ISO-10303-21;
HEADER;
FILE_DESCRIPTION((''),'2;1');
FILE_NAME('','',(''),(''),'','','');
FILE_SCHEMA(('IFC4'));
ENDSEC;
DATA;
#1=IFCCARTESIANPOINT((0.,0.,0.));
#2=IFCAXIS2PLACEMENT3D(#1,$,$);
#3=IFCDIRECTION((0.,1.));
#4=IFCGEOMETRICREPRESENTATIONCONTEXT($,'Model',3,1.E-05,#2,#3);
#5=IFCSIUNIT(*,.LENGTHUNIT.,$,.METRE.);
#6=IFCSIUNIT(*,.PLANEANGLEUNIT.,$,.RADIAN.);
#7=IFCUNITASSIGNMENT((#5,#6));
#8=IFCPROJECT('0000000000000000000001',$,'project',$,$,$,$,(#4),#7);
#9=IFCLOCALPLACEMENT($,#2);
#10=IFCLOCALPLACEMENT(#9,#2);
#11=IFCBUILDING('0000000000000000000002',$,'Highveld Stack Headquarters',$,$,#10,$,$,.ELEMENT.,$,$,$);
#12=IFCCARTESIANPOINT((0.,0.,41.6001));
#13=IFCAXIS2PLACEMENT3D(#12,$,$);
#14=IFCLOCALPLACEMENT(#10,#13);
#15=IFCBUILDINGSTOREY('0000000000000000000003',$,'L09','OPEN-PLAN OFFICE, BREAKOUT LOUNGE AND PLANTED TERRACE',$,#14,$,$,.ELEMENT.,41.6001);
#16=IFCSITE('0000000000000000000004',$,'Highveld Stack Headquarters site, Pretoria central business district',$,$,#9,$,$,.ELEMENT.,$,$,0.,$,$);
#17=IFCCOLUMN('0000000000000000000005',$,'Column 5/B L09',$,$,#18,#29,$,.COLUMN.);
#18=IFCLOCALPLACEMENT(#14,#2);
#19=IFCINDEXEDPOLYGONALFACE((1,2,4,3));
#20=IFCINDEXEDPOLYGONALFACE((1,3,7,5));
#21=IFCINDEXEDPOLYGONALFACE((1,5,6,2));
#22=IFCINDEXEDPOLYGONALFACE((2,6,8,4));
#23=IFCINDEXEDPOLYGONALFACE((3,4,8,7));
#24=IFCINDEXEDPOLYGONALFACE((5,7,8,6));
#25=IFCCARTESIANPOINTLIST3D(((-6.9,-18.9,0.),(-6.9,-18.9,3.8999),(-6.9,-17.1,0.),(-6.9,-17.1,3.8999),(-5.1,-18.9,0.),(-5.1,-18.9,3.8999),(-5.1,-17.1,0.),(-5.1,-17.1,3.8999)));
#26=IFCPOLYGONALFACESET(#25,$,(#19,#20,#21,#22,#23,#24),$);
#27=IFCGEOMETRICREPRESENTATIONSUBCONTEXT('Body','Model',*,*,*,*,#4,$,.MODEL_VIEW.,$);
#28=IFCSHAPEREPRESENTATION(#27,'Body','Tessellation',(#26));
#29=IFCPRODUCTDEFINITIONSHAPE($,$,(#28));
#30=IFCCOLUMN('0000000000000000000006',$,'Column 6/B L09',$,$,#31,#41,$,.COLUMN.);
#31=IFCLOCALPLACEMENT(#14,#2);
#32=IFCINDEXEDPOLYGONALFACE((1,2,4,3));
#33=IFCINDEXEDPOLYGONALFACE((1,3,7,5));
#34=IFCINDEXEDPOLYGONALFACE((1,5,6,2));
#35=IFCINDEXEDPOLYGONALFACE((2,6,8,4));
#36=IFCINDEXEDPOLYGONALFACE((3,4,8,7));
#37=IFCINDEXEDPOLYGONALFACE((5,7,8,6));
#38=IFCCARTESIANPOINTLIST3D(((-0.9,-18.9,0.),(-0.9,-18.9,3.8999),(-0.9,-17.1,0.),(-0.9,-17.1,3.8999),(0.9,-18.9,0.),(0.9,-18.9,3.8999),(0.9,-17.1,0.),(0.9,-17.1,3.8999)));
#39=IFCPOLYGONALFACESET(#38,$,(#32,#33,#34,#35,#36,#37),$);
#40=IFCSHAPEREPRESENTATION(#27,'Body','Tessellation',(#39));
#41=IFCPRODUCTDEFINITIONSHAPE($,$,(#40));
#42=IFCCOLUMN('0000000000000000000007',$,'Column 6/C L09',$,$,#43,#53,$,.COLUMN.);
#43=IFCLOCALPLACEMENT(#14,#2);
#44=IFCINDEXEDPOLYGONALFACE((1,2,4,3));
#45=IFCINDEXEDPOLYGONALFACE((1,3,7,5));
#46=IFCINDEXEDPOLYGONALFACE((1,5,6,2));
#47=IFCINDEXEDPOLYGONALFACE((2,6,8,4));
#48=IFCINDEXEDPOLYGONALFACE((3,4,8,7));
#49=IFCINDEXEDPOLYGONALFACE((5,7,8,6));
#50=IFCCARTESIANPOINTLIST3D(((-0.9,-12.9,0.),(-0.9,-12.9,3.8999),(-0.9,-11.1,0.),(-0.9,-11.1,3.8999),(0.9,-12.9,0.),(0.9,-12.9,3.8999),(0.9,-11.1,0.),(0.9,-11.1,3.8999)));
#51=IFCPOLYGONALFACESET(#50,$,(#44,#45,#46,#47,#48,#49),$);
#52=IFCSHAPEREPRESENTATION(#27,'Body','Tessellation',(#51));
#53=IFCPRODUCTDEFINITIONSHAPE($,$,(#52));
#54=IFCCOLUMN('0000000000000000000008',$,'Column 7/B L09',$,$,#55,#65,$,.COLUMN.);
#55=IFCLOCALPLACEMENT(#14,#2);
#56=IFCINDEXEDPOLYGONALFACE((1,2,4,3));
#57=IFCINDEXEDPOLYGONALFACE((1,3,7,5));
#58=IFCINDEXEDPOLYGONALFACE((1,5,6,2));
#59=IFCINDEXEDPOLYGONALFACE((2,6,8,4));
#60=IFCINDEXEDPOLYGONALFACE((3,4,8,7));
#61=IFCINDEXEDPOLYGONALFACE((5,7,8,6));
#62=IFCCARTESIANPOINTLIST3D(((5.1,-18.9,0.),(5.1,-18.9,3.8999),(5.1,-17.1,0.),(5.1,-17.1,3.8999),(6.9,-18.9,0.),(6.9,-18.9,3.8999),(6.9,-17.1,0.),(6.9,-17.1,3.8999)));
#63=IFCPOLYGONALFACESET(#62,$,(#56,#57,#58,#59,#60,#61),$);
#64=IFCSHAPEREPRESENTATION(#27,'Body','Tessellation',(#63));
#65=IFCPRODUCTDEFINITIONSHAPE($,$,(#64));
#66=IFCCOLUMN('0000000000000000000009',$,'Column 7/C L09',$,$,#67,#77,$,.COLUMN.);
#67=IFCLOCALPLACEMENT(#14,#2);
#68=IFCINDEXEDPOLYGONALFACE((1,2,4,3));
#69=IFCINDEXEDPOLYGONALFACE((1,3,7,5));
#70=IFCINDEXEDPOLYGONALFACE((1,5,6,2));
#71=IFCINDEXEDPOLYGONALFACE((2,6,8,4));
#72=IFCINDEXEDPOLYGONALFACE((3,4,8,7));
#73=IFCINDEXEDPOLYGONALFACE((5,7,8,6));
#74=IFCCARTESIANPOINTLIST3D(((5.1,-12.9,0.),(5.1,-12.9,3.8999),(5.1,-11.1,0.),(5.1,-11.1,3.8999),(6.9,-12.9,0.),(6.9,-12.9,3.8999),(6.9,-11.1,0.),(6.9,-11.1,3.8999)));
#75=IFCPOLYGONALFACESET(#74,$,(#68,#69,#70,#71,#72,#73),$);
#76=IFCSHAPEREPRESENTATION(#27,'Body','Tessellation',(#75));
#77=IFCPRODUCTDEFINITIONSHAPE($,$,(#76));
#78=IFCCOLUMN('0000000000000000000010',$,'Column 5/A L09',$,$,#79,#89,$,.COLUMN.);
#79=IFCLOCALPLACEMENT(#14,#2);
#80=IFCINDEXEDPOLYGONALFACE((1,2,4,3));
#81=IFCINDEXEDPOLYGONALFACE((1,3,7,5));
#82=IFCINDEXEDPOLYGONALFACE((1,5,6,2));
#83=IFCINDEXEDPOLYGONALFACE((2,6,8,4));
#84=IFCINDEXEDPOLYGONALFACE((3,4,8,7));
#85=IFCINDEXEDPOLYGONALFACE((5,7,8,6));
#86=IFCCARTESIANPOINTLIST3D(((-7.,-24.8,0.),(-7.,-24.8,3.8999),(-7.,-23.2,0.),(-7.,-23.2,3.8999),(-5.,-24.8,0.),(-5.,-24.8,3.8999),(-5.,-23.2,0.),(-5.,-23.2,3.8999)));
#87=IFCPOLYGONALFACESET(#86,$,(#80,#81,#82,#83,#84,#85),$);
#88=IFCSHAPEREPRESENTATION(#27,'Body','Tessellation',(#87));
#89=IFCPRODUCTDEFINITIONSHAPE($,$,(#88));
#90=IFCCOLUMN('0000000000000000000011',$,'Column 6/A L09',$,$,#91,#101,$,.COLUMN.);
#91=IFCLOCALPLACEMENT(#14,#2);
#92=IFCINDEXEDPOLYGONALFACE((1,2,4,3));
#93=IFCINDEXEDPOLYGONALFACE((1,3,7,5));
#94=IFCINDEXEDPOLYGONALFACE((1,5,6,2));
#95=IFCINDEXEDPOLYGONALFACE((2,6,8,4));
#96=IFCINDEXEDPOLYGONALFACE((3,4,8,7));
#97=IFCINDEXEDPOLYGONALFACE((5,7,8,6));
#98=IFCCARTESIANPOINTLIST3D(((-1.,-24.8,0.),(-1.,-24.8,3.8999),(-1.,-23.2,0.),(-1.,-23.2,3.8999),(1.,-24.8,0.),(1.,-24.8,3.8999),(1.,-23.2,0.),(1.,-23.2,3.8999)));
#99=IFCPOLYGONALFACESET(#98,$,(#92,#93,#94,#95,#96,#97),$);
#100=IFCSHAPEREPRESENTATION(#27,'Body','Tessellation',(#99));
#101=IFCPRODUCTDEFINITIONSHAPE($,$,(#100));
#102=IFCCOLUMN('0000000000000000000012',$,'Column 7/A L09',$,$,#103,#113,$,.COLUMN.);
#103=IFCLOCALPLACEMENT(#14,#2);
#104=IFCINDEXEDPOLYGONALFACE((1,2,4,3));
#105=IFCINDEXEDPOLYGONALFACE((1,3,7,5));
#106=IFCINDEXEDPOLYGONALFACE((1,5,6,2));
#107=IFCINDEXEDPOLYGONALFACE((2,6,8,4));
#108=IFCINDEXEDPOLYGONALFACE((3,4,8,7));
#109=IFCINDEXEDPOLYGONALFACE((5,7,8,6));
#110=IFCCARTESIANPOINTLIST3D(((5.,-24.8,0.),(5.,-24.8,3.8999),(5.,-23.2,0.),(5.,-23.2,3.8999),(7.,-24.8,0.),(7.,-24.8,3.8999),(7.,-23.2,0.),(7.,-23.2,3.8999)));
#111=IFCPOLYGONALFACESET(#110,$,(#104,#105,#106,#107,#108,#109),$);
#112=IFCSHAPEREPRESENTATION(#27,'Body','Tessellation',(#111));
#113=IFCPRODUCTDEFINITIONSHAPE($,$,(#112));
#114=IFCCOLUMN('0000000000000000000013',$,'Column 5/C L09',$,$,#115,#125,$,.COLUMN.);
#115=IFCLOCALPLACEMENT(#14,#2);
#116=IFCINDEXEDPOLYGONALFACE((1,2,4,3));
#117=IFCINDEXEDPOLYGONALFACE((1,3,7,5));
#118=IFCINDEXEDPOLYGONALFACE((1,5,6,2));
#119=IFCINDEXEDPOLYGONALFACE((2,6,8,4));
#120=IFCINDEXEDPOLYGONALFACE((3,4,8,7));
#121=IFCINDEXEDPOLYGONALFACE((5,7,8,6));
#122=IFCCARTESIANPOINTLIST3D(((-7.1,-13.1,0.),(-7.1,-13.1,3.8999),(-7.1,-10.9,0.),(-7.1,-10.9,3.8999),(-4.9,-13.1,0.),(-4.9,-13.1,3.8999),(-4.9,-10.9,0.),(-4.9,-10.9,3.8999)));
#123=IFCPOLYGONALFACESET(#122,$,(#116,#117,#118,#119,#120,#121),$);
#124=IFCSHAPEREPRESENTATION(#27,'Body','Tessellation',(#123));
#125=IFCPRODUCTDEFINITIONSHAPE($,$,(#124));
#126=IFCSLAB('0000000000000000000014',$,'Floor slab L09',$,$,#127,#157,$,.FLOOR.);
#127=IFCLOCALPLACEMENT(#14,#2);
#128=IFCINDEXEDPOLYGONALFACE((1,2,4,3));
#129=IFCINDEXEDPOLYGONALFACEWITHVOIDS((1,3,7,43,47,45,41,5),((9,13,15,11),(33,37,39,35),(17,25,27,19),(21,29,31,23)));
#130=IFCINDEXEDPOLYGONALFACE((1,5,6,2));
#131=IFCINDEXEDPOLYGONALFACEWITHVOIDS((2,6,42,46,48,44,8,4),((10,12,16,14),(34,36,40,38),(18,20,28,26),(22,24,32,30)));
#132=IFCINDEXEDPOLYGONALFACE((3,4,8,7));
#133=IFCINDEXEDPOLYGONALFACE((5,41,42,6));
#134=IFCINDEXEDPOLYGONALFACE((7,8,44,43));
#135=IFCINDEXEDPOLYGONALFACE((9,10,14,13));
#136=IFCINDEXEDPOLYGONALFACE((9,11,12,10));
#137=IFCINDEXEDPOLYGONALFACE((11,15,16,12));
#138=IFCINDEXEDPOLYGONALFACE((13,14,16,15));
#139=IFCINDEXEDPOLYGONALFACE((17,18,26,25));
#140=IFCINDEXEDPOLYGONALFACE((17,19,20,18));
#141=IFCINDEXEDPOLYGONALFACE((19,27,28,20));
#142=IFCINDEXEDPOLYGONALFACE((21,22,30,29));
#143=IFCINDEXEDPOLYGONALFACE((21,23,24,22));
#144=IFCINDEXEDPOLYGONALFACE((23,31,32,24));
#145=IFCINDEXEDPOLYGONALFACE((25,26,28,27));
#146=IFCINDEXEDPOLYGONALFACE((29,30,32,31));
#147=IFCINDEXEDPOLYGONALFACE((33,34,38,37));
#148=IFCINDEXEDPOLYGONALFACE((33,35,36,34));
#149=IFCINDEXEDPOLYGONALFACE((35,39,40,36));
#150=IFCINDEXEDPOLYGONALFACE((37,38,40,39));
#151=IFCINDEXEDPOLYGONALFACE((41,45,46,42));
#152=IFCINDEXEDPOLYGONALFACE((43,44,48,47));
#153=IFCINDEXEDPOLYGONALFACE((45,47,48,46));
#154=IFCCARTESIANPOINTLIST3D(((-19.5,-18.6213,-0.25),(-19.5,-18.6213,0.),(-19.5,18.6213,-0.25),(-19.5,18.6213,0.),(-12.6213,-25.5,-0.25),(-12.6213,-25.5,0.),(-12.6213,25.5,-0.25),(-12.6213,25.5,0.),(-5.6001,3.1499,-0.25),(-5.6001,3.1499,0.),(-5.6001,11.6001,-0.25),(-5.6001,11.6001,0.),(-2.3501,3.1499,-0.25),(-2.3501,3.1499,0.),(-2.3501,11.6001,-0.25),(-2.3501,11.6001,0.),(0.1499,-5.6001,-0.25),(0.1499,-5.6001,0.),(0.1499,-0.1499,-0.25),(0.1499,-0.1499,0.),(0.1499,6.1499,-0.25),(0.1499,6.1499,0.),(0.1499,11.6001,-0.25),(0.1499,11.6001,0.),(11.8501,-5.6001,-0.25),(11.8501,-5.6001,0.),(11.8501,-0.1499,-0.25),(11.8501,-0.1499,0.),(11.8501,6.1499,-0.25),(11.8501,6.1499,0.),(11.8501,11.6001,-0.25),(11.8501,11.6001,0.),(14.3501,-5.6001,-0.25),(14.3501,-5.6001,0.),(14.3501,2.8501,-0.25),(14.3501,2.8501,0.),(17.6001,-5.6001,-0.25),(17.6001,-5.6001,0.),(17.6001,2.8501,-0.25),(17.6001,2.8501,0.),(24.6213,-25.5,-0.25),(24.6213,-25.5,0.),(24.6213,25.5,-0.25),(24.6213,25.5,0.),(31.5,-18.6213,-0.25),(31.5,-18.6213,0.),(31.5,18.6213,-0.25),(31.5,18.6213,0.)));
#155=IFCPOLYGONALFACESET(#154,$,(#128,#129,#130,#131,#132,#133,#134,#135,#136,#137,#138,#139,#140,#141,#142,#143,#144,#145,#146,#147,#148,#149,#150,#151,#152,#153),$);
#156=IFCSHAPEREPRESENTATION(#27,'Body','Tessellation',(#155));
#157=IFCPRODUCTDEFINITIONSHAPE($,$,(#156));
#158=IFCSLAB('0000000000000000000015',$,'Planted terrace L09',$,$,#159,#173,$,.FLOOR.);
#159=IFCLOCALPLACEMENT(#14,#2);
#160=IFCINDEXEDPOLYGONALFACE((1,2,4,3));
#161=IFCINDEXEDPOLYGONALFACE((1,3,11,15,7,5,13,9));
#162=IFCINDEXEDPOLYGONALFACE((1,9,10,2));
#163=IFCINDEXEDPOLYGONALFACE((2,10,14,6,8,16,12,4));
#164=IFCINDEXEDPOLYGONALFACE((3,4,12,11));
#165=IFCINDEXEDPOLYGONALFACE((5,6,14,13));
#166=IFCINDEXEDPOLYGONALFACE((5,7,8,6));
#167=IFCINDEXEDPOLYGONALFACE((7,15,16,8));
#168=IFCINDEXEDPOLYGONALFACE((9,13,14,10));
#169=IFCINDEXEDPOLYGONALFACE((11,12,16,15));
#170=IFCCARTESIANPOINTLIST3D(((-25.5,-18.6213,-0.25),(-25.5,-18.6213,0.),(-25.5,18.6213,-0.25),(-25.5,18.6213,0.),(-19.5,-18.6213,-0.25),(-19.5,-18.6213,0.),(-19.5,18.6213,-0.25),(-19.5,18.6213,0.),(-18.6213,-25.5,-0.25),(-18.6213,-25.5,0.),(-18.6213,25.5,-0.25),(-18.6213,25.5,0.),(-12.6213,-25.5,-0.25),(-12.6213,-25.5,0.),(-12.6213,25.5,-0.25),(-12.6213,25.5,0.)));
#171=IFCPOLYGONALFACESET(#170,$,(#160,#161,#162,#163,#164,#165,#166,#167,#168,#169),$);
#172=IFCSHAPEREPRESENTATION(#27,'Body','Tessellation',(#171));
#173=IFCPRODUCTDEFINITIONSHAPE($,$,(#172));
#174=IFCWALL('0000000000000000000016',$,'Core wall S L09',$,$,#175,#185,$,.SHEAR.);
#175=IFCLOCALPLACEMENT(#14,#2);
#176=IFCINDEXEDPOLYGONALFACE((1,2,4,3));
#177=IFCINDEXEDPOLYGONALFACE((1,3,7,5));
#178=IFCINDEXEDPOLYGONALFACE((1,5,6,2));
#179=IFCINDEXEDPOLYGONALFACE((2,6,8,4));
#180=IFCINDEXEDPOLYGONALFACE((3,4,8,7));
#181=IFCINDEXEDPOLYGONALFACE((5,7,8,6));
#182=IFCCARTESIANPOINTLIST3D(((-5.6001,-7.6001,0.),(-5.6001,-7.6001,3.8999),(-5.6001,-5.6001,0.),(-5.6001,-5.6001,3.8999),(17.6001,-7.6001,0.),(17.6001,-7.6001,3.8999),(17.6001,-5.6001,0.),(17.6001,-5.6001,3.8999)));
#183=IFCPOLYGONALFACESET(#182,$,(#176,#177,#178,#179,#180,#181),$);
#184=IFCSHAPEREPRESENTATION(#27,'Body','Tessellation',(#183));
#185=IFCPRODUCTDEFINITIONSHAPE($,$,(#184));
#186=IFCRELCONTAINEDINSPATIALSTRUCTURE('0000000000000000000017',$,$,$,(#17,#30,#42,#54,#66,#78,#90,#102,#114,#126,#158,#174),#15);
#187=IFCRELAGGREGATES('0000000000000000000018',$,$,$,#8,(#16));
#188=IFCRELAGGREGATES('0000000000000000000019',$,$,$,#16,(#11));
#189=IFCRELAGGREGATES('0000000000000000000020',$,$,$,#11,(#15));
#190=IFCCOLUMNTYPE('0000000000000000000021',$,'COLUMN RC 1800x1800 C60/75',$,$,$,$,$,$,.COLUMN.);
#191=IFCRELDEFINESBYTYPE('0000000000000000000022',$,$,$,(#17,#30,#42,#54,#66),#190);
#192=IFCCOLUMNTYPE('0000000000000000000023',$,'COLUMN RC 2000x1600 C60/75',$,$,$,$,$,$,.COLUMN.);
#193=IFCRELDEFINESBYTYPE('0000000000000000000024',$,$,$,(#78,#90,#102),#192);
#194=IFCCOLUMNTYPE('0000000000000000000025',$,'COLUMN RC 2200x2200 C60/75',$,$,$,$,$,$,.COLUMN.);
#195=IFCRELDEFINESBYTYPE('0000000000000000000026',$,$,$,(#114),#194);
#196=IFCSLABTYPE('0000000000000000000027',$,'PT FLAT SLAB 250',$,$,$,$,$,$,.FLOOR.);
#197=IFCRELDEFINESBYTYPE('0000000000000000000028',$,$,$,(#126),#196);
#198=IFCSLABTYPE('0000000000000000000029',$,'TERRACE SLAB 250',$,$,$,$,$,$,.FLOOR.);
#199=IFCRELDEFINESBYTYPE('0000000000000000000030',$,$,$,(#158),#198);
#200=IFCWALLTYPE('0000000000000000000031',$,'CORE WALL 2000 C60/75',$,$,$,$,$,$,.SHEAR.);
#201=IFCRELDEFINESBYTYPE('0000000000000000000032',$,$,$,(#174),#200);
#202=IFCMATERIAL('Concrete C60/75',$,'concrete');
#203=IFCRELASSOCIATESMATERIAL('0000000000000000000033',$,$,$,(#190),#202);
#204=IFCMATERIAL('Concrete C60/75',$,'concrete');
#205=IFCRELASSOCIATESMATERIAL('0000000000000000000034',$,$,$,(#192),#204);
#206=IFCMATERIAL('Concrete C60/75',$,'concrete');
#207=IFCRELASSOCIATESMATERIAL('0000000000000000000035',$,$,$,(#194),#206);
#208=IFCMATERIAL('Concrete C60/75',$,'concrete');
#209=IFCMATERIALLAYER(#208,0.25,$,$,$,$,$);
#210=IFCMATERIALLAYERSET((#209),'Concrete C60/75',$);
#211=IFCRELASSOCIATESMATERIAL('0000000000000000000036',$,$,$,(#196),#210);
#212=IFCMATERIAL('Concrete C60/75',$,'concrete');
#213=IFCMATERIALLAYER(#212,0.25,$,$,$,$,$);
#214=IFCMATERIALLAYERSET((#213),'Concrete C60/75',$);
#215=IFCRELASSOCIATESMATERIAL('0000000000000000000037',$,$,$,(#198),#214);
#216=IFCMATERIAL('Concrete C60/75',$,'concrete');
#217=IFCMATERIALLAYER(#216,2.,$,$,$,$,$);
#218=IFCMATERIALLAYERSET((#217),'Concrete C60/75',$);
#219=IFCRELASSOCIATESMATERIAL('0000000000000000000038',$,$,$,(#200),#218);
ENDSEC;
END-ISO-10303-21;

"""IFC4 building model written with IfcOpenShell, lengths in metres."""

from ifc_helpers import new_model, si_unit, direction, frame, frame_2d, origin, origin_2d, place, context, subcontext, project, spatial, polyline, rectangle, outline, extrude, material, layer, layer_set, material_profile, profile_set, type_object, element, save


model = new_model("IFC4")

# Units and contexts
model_context = context("Model", 3, precision=1e-05, world=origin(), true_north=direction((0.0, 1.0)))
body_context = subcontext(model_context, "Body", "Model", "MODEL_VIEW")
ifc_project = project(units=[si_unit("LENGTHUNIT", "METRE"), si_unit("PLANEANGLEUNIT", "RADIAN")], contexts=[model_context])

# Site, building, storey
site_placement = place(None, origin())
site = spatial("IfcSite", under=ifc_project, at=site_placement, Name="Highveld Stack Headquarters site, Pretoria central business district", CompositionType="ELEMENT", RefElevation=0.0)
building_placement = place(site_placement, origin())
building = spatial("IfcBuilding", under=site, at=building_placement, Name="Highveld Stack Headquarters", CompositionType="ELEMENT")
storey_placement = place(building_placement, frame((0.0, 0.0, 41.6001)))
storey = spatial("IfcBuildingStorey", under=building, at=storey_placement, Name="L09", Description="OPEN-PLAN OFFICE, BREAKOUT LOUNGE AND PLANTED TERRACE", CompositionType="ELEMENT", Elevation=41.6001)

# Columns
ifc_material_1 = material(Name="Concrete C60/75", Category="concrete")
ifc_material_profile_1 = material_profile(ifc_material_1, rectangle(XDim=1.8, YDim=1.8, at=origin_2d()), Name="RC 1800x1800")
ifc_profile_set_1 = profile_set([ifc_material_profile_1], Name="Concrete C60/75")
column_type_1 = type_object("IfcColumnType", Name="COLUMN RC 1800x1800 C60/75", PredefinedType="COLUMN", material=ifc_profile_set_1)
for number, where, z_axis, x_axis, name in (
    (1, (-6.0, -18.0, 0.0), (0.0, 0.0, 1.0), (1.0, 0.0, 0.0), "Column 5/B L09"),
    (2, (0.0, -18.0, 0.0), (0.0, 0.0, 1.0), (1.0, 0.0, 0.0), "Column 6/B L09"),
    (3, (0.0, -12.0, 0.0), (0.0, 0.0, 1.0), (1.0, 0.0, 0.0), "Column 6/C L09"),
    (4, (6.0, -18.0, 0.0), (0.0, 0.0, 1.0), (1.0, 0.0, 0.0), "Column 7/B L09"),
    (5, (6.0, -12.0, 0.0), (0.0, 0.0, 1.0), (1.0, 0.0, 0.0), "Column 7/C L09"),
):
    element("IfcColumn", number, at=place(storey_placement, frame(where, z_axis=z_axis, x_axis=x_axis)), inside=storey, type_object=column_type_1, Name=name, PredefinedType="COLUMN", context=body_context, shape_type="SweptSolid", body=[
        extrude(rectangle(XDim=1.8, YDim=1.8, at=origin_2d()), origin(), (0.0, 0.0, 1.0), 3.8999),
    ])
ifc_material_2 = material(Name="Concrete C60/75", Category="concrete")
ifc_material_profile_2 = material_profile(ifc_material_2, rectangle(XDim=2.0, YDim=1.6001, at=origin_2d()), Name="RC 2000x1600")
ifc_profile_set_2 = profile_set([ifc_material_profile_2], Name="Concrete C60/75")
column_type_2 = type_object("IfcColumnType", Name="COLUMN RC 2000x1600 C60/75", PredefinedType="COLUMN", material=ifc_profile_set_2)
for number, where, z_axis, x_axis, name in (
    (6, (-6.0, -24.0, 0.0), (0.0, 0.0, 1.0), (1.0, 0.0, 0.0), "Column 5/A L09"),
    (7, (0.0, -24.0, 0.0), (0.0, 0.0, 1.0), (1.0, 0.0, 0.0), "Column 6/A L09"),
    (8, (6.0, -24.0, 0.0), (0.0, 0.0, 1.0), (1.0, 0.0, 0.0), "Column 7/A L09"),
):
    element("IfcColumn", number, at=place(storey_placement, frame(where, z_axis=z_axis, x_axis=x_axis)), inside=storey, type_object=column_type_2, Name=name, PredefinedType="COLUMN", context=body_context, shape_type="SweptSolid", body=[
        extrude(rectangle(XDim=2.0, YDim=1.6001, at=origin_2d()), origin(), (0.0, 0.0, 1.0), 3.8999),
    ])
ifc_material_3 = material(Name="Concrete C60/75", Category="concrete")
ifc_material_profile_3 = material_profile(ifc_material_3, rectangle(XDim=2.2, YDim=2.2, at=origin_2d()), Name="RC 2200x2200")
ifc_profile_set_3 = profile_set([ifc_material_profile_3], Name="Concrete C60/75")
column_type_3 = type_object("IfcColumnType", Name="COLUMN RC 2200x2200 C60/75", PredefinedType="COLUMN", material=ifc_profile_set_3)
column_placement = place(storey_placement, frame((-6.0, -12.0, 0.0), z_axis=(0.0, 0.0, 1.0), x_axis=(1.0, 0.0, 0.0)))
element("IfcColumn", 9, at=column_placement, inside=storey, type_object=column_type_3, Name="Column 5/C L09", PredefinedType="COLUMN", context=body_context, shape_type="SweptSolid", body=[
    extrude(rectangle(XDim=2.2, YDim=2.2, at=origin_2d()), origin(), (0.0, 0.0, 1.0), 3.8999),
])

# Slabs
ifc_material_4 = material(Name="Concrete C60/75", Category="concrete")
ifc_layer_1 = layer(ifc_material_4, 0.25)
ifc_layer_set_1 = layer_set([ifc_layer_1], Name="Concrete C60/75")
slab_type_1 = type_object("IfcSlabType", Name="PT FLAT SLAB 250", PredefinedType="FLOOR", material=ifc_layer_set_1)
slab_1_placement = place(storey_placement, frame((0.0, 0.0, -0.25)))
element("IfcSlab", 10, at=slab_1_placement, inside=storey, type_object=slab_type_1, Name="Floor slab L09", PredefinedType="FLOOR", context=body_context, shape_type="SweptSolid", body=[
    extrude(outline(polyline([(-12.6213, -25.5), (24.6213, -25.5), (31.5, -18.6213), (31.5, 18.6213), (24.6213, 25.5), (-12.6213, 25.5), (-19.5, 18.6213), (-19.5, -18.6213), (-12.6213, -25.5)]), holes=[polyline([(0.1499, 6.1499), (11.8501, 6.1499), (11.8501, 11.6001), (0.1499, 11.6001), (0.1499, 6.1499)]), polyline([(0.1499, -5.6001), (11.8501, -5.6001), (11.8501, -0.1499), (0.1499, -0.1499), (0.1499, -5.6001)]), polyline([(-5.6001, 3.1499), (-2.3501, 3.1499), (-2.3501, 11.6001), (-5.6001, 11.6001), (-5.6001, 3.1499)]), polyline([(14.3501, -5.6001), (17.6001, -5.6001), (17.6001, 2.8501), (14.3501, 2.8501), (14.3501, -5.6001)])]), origin(), (0.0, 0.0, 1.0), 0.25),
])
ifc_material_5 = material(Name="Concrete C60/75", Category="concrete")
ifc_layer_2 = layer(ifc_material_5, 0.25)
ifc_layer_set_2 = layer_set([ifc_layer_2], Name="Concrete C60/75")
slab_type_2 = type_object("IfcSlabType", Name="TERRACE SLAB 250", PredefinedType="FLOOR", material=ifc_layer_set_2)
slab_2_placement = place(storey_placement, frame((0.0, 0.0, -0.25)))
element("IfcSlab", 11, at=slab_2_placement, inside=storey, type_object=slab_type_2, Name="Planted terrace L09", PredefinedType="FLOOR", context=body_context, shape_type="SweptSolid", body=[
    extrude(outline(polyline([(-18.6213, -25.5), (-25.5, -18.6213), (-25.5, 18.6213), (-18.6213, 25.5), (-12.6213, 25.5), (-19.5, 18.6213), (-19.5, -18.6213), (-12.6213, -25.5), (-18.6213, -25.5)])), origin(), (0.0, 0.0, 1.0), 0.25),
])

# Wall
ifc_material_6 = material(Name="Concrete C60/75", Category="concrete")
ifc_layer_3 = layer(ifc_material_6, 2.0)
ifc_layer_set_3 = layer_set([ifc_layer_3], Name="Concrete C60/75")
wall_type_1 = type_object("IfcWallType", Name="CORE WALL 2000 C60/75", PredefinedType="SHEAR", material=ifc_layer_set_3)
wall_1_placement = place(storey_placement, frame((-5.6001, -6.6001, 0.0), z_axis=(0.0, 0.0, 1.0), x_axis=(1.0, 0.0, 0.0)))
element("IfcWall", 12, at=wall_1_placement, inside=storey, type_object=wall_type_1, Name="Core wall S L09", PredefinedType="SHEAR", context=body_context, shape_type="SweptSolid", body=[
    extrude(rectangle(XDim=23.2002, YDim=2.0, at=frame_2d((11.6001, 0.0))), origin(), (0.0, 0.0, 1.0), 3.8999),
])

save(model, "model.ifc")
